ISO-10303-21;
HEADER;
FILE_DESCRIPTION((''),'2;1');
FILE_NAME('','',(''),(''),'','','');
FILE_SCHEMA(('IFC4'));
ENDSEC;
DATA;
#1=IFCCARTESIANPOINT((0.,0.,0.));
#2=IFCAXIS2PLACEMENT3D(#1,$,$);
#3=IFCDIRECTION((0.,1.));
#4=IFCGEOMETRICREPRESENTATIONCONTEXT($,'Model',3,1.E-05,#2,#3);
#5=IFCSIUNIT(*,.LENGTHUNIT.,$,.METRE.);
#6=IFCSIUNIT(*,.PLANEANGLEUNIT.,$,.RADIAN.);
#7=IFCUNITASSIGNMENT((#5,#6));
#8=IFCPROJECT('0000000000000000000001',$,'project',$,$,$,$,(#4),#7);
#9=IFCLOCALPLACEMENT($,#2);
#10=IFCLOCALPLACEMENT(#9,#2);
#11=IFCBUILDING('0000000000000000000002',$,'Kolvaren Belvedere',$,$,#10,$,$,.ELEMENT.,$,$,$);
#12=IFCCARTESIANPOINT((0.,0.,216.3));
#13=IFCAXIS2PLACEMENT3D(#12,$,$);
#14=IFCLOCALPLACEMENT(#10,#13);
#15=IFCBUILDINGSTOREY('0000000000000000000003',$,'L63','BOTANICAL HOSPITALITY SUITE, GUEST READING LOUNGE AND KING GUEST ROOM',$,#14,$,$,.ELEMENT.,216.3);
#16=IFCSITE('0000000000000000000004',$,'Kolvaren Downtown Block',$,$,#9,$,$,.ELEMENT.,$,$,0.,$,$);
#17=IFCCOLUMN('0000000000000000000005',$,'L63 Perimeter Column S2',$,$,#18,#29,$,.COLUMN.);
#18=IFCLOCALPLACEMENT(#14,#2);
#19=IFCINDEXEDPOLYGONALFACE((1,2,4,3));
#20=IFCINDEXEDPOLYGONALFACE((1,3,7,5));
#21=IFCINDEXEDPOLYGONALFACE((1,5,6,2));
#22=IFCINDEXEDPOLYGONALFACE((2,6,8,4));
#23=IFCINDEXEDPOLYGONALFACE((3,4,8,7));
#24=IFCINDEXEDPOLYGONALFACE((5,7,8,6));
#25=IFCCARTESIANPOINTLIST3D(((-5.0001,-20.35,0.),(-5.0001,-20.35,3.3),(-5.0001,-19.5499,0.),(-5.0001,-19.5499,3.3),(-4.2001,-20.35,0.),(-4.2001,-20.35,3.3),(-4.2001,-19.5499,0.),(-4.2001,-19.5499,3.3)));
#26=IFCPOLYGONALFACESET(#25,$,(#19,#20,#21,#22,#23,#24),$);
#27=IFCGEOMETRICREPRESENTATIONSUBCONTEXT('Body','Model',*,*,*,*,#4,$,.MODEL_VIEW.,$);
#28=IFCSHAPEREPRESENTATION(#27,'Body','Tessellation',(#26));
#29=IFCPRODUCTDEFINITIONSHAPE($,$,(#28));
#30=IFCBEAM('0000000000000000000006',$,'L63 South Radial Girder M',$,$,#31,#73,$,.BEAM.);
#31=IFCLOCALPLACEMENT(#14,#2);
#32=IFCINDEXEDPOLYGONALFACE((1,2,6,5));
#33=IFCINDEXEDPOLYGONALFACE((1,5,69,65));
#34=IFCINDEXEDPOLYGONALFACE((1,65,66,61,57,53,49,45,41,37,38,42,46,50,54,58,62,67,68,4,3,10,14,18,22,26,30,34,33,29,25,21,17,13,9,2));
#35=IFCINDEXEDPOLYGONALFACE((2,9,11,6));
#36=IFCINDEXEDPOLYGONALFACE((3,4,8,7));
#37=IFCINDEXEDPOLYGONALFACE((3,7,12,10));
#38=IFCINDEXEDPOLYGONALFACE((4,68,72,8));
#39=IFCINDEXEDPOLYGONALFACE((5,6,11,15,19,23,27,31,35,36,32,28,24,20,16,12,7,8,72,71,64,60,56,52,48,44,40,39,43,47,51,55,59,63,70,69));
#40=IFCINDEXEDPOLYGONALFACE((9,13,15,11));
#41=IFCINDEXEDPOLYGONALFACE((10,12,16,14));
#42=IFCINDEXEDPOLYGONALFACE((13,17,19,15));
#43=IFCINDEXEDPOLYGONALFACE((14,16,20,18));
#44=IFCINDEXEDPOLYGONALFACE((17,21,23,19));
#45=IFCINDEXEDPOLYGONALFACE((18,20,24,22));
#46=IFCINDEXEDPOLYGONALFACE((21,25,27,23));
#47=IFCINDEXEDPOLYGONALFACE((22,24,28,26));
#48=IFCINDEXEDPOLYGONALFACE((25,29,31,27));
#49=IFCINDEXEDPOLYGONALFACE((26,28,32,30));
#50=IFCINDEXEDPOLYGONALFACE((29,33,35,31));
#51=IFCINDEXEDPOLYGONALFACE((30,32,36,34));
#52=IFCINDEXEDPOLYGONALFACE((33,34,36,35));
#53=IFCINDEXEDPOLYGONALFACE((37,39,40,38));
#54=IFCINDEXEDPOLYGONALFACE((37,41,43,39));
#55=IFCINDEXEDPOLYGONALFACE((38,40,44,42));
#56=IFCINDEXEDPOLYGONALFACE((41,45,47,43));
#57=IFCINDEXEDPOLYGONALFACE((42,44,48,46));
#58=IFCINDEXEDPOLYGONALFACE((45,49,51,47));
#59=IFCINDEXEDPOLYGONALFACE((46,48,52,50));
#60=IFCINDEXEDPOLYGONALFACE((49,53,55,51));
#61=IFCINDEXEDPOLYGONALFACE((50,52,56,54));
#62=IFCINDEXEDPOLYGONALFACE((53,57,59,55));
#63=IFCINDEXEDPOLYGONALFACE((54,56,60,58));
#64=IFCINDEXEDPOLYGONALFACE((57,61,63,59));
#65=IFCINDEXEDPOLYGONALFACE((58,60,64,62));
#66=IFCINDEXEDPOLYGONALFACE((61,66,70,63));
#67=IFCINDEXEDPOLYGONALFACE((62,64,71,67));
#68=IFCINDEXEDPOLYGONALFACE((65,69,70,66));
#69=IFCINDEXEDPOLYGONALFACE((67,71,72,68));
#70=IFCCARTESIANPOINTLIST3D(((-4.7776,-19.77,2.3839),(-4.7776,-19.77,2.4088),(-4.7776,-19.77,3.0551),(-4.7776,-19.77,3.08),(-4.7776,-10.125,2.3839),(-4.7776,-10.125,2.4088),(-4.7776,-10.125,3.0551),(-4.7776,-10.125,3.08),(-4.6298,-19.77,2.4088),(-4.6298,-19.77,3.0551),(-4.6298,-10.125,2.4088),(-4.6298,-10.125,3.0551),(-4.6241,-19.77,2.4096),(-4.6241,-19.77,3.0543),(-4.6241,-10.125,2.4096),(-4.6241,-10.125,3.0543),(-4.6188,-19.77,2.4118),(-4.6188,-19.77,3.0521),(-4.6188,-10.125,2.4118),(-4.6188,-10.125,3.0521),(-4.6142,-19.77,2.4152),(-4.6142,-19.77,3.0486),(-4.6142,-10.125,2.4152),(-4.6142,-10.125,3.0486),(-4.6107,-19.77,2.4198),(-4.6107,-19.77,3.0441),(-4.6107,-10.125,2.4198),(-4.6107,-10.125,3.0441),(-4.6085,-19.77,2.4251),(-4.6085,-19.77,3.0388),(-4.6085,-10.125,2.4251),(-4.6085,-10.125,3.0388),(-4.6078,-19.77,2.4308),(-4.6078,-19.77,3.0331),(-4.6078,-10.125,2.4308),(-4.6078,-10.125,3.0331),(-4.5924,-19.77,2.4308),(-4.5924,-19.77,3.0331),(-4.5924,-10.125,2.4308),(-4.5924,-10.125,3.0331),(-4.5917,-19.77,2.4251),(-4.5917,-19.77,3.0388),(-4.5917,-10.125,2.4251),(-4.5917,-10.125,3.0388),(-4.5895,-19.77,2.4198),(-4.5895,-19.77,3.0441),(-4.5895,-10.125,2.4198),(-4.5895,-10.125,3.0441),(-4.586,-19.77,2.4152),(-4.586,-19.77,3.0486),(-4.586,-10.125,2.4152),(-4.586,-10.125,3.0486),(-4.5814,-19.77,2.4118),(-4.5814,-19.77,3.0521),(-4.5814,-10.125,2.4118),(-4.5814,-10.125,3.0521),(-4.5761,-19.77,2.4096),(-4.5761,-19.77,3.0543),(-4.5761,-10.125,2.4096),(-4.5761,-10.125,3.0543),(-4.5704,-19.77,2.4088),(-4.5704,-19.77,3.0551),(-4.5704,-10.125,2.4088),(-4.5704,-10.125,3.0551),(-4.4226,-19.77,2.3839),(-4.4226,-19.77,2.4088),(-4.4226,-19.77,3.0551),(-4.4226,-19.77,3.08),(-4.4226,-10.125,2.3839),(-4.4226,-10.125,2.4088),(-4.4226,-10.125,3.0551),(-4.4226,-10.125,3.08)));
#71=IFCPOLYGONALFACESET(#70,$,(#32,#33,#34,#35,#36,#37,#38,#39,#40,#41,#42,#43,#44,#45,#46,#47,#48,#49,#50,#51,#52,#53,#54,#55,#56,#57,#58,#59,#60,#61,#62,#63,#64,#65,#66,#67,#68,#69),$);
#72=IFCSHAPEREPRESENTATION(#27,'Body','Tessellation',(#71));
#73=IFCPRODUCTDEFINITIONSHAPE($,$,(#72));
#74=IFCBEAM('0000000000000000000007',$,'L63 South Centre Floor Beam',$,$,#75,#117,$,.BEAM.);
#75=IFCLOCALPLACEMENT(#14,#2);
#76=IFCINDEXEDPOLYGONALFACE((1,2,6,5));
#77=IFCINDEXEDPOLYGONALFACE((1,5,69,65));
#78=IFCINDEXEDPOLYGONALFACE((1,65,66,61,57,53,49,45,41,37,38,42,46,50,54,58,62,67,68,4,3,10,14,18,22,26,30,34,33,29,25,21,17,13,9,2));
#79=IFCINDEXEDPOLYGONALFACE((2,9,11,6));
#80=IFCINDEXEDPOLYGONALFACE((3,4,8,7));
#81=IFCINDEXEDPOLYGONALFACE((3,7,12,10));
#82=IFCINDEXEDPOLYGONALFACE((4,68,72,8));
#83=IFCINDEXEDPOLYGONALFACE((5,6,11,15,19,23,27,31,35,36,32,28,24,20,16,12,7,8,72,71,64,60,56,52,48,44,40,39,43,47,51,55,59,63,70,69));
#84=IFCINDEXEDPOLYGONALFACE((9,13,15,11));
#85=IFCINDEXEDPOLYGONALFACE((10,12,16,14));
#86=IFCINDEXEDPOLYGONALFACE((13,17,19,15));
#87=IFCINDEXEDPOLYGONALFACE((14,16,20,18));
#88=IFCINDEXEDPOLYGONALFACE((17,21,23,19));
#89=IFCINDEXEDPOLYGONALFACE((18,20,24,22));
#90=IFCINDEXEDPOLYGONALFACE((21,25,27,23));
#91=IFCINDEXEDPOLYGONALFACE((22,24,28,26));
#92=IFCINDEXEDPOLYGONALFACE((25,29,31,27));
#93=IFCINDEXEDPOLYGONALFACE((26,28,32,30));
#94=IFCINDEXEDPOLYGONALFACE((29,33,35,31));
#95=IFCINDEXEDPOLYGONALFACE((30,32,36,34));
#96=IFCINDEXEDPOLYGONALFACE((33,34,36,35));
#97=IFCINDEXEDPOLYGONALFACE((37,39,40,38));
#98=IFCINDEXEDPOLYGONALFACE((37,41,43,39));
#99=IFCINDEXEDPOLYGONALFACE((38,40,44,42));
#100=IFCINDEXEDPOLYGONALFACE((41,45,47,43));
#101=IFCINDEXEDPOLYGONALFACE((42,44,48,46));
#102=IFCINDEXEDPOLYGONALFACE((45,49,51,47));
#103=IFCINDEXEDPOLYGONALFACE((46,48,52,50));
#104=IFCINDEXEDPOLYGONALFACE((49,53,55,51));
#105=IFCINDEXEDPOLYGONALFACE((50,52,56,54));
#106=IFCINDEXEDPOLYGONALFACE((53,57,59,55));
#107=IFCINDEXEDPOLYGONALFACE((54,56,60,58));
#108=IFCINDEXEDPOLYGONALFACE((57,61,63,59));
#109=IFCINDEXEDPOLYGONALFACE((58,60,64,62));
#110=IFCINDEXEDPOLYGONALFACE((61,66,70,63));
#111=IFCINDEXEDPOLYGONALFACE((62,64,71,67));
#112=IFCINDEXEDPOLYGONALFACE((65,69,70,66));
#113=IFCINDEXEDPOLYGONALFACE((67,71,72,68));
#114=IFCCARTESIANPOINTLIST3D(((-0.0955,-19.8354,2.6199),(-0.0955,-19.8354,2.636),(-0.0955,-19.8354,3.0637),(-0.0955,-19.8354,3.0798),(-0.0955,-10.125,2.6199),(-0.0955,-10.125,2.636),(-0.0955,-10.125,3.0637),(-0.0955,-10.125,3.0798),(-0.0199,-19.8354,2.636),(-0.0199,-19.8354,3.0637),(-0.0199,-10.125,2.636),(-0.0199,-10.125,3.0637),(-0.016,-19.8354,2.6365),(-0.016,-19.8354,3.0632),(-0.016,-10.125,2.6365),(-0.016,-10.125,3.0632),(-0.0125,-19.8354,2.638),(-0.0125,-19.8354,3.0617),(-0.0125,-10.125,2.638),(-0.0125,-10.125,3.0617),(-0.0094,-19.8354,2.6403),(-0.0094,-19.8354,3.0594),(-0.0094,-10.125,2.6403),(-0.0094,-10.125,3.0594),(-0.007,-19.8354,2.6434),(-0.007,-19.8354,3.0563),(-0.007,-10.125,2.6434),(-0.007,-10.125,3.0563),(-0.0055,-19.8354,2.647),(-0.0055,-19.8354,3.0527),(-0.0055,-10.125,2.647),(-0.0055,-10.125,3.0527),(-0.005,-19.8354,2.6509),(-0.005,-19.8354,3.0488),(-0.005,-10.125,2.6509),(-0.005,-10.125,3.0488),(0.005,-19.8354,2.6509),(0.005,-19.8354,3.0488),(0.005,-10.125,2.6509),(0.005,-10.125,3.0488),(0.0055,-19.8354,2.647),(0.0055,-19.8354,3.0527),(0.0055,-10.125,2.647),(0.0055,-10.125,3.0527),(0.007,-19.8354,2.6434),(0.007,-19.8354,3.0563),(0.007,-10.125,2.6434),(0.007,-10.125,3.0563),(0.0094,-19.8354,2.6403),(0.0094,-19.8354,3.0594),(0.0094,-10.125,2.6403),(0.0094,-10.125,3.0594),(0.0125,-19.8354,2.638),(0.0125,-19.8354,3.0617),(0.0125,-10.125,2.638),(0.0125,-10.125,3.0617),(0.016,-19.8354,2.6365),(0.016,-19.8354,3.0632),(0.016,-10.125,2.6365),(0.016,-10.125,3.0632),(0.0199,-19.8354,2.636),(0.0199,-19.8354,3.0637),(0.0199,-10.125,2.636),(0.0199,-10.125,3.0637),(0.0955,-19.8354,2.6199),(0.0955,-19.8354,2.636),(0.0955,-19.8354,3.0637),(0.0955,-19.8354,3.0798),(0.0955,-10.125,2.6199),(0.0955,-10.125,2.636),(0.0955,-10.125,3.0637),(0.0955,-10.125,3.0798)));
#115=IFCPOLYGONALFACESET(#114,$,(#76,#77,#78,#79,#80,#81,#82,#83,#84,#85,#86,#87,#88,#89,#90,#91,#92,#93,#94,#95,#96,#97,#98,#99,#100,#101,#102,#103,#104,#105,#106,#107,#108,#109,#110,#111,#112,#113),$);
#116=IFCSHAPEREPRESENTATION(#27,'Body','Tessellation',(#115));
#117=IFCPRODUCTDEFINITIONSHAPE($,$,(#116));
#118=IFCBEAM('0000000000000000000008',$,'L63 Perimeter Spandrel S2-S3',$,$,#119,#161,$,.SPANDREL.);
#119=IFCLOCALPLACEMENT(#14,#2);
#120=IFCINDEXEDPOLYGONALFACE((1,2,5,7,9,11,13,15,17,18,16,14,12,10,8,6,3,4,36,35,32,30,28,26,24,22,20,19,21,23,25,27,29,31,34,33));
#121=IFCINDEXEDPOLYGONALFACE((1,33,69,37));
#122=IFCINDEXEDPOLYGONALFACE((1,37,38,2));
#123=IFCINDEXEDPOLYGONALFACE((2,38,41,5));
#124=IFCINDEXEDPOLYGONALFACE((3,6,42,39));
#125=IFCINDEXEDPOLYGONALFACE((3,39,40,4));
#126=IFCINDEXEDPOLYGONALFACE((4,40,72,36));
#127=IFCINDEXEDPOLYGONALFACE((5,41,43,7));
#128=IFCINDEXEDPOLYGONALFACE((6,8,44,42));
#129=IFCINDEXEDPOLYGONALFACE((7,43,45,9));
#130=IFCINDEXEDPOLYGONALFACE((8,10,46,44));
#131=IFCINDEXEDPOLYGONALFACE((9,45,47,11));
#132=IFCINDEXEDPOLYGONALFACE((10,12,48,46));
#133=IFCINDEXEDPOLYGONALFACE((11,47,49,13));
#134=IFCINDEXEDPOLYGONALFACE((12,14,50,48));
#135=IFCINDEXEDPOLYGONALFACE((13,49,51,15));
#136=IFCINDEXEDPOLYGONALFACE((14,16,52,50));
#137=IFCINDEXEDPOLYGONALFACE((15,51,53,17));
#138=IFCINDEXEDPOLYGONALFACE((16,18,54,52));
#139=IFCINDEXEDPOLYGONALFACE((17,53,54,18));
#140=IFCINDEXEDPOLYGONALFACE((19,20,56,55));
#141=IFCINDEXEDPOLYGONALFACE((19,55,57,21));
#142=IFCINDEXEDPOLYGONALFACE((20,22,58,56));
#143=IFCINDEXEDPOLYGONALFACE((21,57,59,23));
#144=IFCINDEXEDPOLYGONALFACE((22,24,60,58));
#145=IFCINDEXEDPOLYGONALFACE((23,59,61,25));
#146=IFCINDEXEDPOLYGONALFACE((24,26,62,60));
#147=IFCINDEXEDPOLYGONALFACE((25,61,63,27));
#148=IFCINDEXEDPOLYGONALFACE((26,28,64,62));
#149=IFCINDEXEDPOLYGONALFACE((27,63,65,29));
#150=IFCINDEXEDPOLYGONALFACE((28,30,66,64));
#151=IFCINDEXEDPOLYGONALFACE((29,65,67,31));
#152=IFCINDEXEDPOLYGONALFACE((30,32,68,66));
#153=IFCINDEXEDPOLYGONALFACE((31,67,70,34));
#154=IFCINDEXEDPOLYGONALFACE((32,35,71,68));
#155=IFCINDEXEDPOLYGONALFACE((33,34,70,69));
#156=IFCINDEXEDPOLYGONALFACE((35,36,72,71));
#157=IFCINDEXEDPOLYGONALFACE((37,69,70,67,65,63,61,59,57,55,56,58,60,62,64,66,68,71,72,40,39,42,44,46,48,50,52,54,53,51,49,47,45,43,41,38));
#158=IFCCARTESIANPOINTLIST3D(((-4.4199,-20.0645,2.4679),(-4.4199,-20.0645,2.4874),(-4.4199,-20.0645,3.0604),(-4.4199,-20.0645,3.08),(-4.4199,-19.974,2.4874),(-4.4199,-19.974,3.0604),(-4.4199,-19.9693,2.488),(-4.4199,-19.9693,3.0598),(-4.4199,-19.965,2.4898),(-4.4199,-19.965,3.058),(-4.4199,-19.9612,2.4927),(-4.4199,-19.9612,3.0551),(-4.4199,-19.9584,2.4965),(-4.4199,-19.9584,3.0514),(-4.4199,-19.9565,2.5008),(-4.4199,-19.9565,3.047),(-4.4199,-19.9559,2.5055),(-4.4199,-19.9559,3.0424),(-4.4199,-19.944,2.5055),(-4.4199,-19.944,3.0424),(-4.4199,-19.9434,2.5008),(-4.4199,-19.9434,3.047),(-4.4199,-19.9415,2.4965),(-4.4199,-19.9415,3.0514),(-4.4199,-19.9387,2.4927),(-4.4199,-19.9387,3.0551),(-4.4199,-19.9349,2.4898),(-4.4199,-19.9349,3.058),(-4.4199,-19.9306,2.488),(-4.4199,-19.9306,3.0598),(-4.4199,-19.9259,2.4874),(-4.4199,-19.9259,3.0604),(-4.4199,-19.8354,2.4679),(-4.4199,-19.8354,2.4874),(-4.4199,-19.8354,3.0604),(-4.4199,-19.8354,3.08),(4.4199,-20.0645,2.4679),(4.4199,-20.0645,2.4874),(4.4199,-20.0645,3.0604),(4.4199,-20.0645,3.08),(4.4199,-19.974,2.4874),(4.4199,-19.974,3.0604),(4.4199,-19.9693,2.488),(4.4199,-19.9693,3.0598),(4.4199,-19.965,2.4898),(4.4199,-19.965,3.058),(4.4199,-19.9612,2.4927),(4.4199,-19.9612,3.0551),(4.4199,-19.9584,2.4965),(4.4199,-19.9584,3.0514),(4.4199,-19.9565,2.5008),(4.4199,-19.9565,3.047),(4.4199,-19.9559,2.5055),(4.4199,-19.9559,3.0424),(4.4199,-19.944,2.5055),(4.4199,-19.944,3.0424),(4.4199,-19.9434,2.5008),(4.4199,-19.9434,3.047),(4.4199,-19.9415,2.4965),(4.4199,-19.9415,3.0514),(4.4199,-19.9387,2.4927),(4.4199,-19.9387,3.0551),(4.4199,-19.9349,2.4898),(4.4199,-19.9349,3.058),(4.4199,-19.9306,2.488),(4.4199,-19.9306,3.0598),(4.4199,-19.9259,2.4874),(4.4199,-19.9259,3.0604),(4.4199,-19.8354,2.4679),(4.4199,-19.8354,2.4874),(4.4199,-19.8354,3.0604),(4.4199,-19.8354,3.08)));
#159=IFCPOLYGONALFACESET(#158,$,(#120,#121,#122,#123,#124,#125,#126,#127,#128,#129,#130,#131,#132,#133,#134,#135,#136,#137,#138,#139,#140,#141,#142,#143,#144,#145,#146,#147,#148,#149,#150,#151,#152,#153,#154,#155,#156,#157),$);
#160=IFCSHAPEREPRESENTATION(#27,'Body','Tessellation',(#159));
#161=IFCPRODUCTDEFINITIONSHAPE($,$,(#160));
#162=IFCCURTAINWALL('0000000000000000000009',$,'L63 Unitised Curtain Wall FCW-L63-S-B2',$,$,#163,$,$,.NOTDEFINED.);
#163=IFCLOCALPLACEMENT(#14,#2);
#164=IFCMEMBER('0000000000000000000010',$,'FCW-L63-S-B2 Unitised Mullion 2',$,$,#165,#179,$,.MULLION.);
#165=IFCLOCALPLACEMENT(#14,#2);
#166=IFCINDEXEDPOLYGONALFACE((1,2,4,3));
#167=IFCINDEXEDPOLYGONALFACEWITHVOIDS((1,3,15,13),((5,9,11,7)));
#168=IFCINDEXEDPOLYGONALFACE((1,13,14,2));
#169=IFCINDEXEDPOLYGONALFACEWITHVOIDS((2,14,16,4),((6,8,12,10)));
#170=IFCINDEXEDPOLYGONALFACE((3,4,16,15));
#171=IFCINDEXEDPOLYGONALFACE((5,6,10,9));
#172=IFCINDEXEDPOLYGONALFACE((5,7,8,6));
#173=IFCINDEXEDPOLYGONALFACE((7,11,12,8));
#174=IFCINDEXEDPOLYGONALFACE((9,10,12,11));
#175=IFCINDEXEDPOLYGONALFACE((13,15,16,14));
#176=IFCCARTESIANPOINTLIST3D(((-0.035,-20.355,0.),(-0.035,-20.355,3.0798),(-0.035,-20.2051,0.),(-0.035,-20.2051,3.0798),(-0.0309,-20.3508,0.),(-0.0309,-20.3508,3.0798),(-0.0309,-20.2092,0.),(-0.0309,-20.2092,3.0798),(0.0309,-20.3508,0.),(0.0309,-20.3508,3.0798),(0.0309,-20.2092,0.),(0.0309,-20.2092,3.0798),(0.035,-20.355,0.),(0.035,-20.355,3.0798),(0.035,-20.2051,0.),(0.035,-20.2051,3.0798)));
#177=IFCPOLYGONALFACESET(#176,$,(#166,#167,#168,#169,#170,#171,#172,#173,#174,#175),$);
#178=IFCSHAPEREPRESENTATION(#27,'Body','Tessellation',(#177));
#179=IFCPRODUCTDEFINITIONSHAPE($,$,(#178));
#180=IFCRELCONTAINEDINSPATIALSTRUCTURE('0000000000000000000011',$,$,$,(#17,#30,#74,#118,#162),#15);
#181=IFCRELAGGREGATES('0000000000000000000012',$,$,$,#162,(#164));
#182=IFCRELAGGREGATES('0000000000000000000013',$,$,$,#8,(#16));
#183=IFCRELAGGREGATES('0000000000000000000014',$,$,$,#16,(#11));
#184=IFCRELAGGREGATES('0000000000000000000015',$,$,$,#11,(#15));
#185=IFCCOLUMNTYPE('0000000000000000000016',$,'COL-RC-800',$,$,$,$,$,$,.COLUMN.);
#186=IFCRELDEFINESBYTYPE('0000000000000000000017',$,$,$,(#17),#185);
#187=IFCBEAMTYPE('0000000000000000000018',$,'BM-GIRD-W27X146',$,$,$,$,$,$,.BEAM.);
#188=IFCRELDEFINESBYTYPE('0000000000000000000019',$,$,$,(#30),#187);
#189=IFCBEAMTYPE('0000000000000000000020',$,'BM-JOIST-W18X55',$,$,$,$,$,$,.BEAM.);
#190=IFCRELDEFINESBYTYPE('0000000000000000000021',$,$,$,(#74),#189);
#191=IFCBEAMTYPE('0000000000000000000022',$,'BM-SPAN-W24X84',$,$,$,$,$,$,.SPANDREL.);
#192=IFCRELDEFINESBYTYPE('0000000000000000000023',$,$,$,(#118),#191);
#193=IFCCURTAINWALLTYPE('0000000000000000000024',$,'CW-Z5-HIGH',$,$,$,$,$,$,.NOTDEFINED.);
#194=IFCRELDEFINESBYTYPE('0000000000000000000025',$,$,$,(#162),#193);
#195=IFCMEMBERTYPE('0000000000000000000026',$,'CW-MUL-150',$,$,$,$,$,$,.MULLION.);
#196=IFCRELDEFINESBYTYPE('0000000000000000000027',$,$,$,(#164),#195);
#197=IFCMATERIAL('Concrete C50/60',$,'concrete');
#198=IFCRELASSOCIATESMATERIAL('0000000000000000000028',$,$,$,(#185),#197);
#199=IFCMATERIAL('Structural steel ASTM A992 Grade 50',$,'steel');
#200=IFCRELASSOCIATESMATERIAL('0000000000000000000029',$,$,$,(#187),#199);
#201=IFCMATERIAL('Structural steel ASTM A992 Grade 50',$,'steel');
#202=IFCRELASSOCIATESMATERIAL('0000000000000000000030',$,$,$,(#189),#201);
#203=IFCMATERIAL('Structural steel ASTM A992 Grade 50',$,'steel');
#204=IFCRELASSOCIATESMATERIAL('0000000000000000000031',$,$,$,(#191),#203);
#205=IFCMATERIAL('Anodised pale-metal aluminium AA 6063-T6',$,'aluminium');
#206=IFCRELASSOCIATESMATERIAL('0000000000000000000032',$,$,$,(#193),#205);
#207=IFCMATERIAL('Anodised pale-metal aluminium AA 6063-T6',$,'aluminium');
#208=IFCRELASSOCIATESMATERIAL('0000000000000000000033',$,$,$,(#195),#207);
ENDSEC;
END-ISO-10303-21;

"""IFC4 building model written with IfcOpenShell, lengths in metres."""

from ifc_helpers import new_model, si_unit, direction, frame, origin, origin_2d, place, context, subcontext, project, spatial, rectangle, hollow_rectangle, i_section, extrude, material, material_profile, profile_set, type_object, element, aggregate, save


model = new_model("IFC4")

# Units and contexts
model_context = context("Model", 3, precision=1e-05, world=origin(), true_north=direction((0.0, 1.0)))
body_context = subcontext(model_context, "Body", "Model", "MODEL_VIEW")
ifc_project = project(units=[si_unit("LENGTHUNIT", "METRE"), si_unit("PLANEANGLEUNIT", "RADIAN")], contexts=[model_context])

# Site, building, storey
site_placement = place(None, origin())
site = spatial("IfcSite", under=ifc_project, at=site_placement, Name="Kolvaren Downtown Block", CompositionType="ELEMENT", RefElevation=0.0)
building_placement = place(site_placement, origin())
building = spatial("IfcBuilding", under=site, at=building_placement, Name="Kolvaren Belvedere", CompositionType="ELEMENT")
storey_placement = place(building_placement, frame((0.0, 0.0, 216.3)))
storey = spatial("IfcBuildingStorey", under=building, at=storey_placement, Name="L63", Description="BOTANICAL HOSPITALITY SUITE, GUEST READING LOUNGE AND KING GUEST ROOM", CompositionType="ELEMENT", Elevation=216.3)

# Column
ifc_material_1 = material(Name="Concrete C50/60", Category="concrete")
ifc_material_profile_1 = material_profile(ifc_material_1, rectangle(XDim=0.8, YDim=0.8, at=origin_2d()), Name="RC 800X800")
ifc_profile_set_1 = profile_set([ifc_material_profile_1], Name="Concrete C50/60")
column_type = type_object("IfcColumnType", Name="COL-RC-800", PredefinedType="COLUMN", material=ifc_profile_set_1)
column_placement = place(storey_placement, frame((-4.6001, -19.95, 0.0), z_axis=(0.0, 0.0, 1.0), x_axis=(1.0, 0.0, 0.0)))
element("IfcColumn", 1, at=column_placement, inside=storey, type_object=column_type, Name="L63 Perimeter Column S2", PredefinedType="COLUMN", context=body_context, shape_type="SweptSolid", body=[
    extrude(rectangle(XDim=0.8, YDim=0.8, at=origin_2d()), origin(), (0.0, 0.0, 1.0), 3.3),
])

# Beams
ifc_material_2 = material(Name="Structural steel ASTM A992 Grade 50", Category="steel")
ifc_material_profile_2 = material_profile(ifc_material_2, i_section(OverallWidth=0.355, OverallDepth=0.696, WebThickness=0.0154, FlangeThickness=0.0249, FilletRadius=0.022, at=origin_2d()), Name="W27X146")
ifc_profile_set_2 = profile_set([ifc_material_profile_2], Name="Structural steel ASTM A992 Grade 50")
beam_type_1 = type_object("IfcBeamType", Name="BM-GIRD-W27X146", PredefinedType="BEAM", material=ifc_profile_set_2)
beam_1_placement = place(storey_placement, frame((-4.6001, -10.125, 2.7319), z_axis=(0.0, -1.0, 0.0), x_axis=(1.0, 0.0, 0.0)))
element("IfcBeam", 2, at=beam_1_placement, inside=storey, type_object=beam_type_1, Name="L63 South Radial Girder M", PredefinedType="BEAM", context=body_context, shape_type="SweptSolid", body=[
    extrude(i_section(OverallWidth=0.355, OverallDepth=0.696, WebThickness=0.0154, FlangeThickness=0.0249, FilletRadius=0.022, at=origin_2d()), origin(), (0.0, 0.0, 1.0), 9.645),
])
ifc_material_3 = material(Name="Structural steel ASTM A992 Grade 50", Category="steel")
ifc_material_profile_3 = material_profile(ifc_material_3, i_section(OverallWidth=0.1909, OverallDepth=0.46, WebThickness=0.01, FlangeThickness=0.0161, FilletRadius=0.0149, at=origin_2d()), Name="W18X55")
ifc_profile_set_3 = profile_set([ifc_material_profile_3], Name="Structural steel ASTM A992 Grade 50")
beam_type_2 = type_object("IfcBeamType", Name="BM-JOIST-W18X55", PredefinedType="BEAM", material=ifc_profile_set_3)
beam_2_placement = place(storey_placement, frame((0.0, -10.125, 2.8499), z_axis=(0.0, -1.0, 0.0), x_axis=(1.0, 0.0, 0.0)))
element("IfcBeam", 3, at=beam_2_placement, inside=storey, type_object=beam_type_2, Name="L63 South Centre Floor Beam", PredefinedType="BEAM", context=body_context, shape_type="SweptSolid", body=[
    extrude(i_section(OverallWidth=0.1909, OverallDepth=0.46, WebThickness=0.01, FlangeThickness=0.0161, FilletRadius=0.0149, at=origin_2d()), origin(), (0.0, 0.0, 1.0), 9.7104),
])
ifc_material_4 = material(Name="Structural steel ASTM A992 Grade 50", Category="steel")
ifc_material_profile_4 = material_profile(ifc_material_4, i_section(OverallWidth=0.229, OverallDepth=0.6121, WebThickness=0.012, FlangeThickness=0.0195, FilletRadius=0.0181, at=origin_2d()), Name="W24X84")
ifc_profile_set_4 = profile_set([ifc_material_profile_4], Name="Structural steel ASTM A992 Grade 50")
beam_type_3 = type_object("IfcBeamType", Name="BM-SPAN-W24X84", PredefinedType="SPANDREL", material=ifc_profile_set_4)
beam_3_placement = place(storey_placement, frame((-4.4199, -19.95, 2.7739), z_axis=(1.0, 0.0, 0.0), x_axis=(0.0, 1.0, 0.0)))
element("IfcBeam", 4, at=beam_3_placement, inside=storey, type_object=beam_type_3, Name="L63 Perimeter Spandrel S2-S3", PredefinedType="SPANDREL", context=body_context, shape_type="SweptSolid", body=[
    extrude(i_section(OverallWidth=0.229, OverallDepth=0.6121, WebThickness=0.012, FlangeThickness=0.0195, FilletRadius=0.0181, at=origin_2d()), origin(), (0.0, 0.0, 1.0), 8.8398),
])

# Curtain wall, member
ifc_material_5 = material(Name="Anodised pale-metal aluminium AA 6063-T6", Category="aluminium")
curtain_wall_type = type_object("IfcCurtainWallType", Name="CW-Z5-HIGH", PredefinedType="NOTDEFINED", material=ifc_material_5)
curtain_wall_1_placement = place(storey_placement, origin())
curtain_wall_1 = element("IfcCurtainWall", 5, at=curtain_wall_1_placement, inside=storey, type_object=curtain_wall_type, Name="L63 Unitised Curtain Wall FCW-L63-S-B2", PredefinedType="NOTDEFINED")
ifc_material_6 = material(Name="Anodised pale-metal aluminium AA 6063-T6", Category="aluminium")
ifc_material_profile_5 = material_profile(ifc_material_6, hollow_rectangle(XDim=0.0701, YDim=0.1499, WallThickness=0.0042, at=origin_2d()), Name="ALU-MUL-150X70")
ifc_profile_set_5 = profile_set([ifc_material_profile_5], Name="Anodised pale-metal aluminium AA 6063-T6")
member_type_1 = type_object("IfcMemberType", Name="CW-MUL-150", PredefinedType="MULLION", material=ifc_profile_set_5)
member_1_placement = place(storey_placement, frame((0.0, -20.28, 0.0), z_axis=(0.0, 0.0, 1.0), x_axis=(1.0, 0.0, 0.0)))
member_1 = element("IfcMember", 6, at=member_1_placement, type_object=member_type_1, Name="FCW-L63-S-B2 Unitised Mullion 2", PredefinedType="MULLION", context=body_context, shape_type="SweptSolid", body=[
    extrude(hollow_rectangle(XDim=0.0701, YDim=0.1499, WallThickness=0.0042, at=origin_2d()), origin(), (0.0, 0.0, 1.0), 3.0798),
])

aggregate(curtain_wall_1, [member_1])

save(model, "model.ifc")
